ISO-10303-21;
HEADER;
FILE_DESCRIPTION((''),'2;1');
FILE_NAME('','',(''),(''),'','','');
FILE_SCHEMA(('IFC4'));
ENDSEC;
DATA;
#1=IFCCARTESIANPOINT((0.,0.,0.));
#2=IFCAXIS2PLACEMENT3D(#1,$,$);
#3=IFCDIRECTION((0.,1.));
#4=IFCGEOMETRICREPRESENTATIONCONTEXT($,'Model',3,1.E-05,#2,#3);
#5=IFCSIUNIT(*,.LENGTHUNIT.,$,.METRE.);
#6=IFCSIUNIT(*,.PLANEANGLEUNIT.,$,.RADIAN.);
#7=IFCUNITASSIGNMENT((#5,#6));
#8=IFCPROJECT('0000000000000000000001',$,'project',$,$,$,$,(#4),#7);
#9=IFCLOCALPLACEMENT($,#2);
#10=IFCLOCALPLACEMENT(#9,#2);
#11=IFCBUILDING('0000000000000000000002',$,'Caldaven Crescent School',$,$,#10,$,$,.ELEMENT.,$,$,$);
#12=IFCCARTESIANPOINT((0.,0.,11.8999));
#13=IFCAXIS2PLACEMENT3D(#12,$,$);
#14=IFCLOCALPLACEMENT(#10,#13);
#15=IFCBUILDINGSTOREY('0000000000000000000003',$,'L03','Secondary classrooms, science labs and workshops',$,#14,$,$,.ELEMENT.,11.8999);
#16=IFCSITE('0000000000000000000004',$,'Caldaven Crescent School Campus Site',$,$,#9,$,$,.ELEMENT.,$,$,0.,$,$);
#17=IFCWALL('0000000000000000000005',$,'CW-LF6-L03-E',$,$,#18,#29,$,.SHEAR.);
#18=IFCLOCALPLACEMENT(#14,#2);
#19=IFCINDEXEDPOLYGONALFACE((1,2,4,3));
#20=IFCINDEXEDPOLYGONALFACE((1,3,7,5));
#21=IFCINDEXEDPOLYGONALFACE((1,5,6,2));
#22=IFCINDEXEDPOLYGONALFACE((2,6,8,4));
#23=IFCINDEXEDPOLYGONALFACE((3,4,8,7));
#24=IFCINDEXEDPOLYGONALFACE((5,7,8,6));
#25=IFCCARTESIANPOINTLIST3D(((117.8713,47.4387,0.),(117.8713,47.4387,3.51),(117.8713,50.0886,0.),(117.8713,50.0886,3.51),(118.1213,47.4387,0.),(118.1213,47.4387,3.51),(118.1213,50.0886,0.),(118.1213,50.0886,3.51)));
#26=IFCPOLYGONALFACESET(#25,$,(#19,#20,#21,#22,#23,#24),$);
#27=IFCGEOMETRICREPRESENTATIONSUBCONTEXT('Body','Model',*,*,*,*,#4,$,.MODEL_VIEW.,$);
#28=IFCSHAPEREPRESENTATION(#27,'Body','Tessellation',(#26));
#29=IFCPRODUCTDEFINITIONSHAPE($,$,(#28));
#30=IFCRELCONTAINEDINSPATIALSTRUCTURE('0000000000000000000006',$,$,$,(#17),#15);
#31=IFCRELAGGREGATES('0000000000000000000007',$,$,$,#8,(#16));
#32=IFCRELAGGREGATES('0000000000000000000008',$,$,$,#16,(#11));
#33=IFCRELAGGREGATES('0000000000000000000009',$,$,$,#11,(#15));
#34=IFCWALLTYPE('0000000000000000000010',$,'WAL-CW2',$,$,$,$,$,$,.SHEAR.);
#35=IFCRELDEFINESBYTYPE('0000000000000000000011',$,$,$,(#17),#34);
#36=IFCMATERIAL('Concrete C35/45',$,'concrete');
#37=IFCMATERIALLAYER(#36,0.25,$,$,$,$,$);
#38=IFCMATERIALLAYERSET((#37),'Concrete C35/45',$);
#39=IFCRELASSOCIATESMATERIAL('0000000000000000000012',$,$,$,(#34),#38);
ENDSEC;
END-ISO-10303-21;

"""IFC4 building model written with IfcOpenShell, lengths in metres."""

from ifc_helpers import new_model, si_unit, direction, frame, frame_2d, origin, place, context, subcontext, project, spatial, rectangle, extrude, material, layer, layer_set, type_object, element, save


model = new_model("IFC4")

# Units and contexts
model_context = context("Model", 3, precision=1e-05, world=origin(), true_north=direction((0.0, 1.0)))
body_context = subcontext(model_context, "Body", "Model", "MODEL_VIEW")
ifc_project = project(units=[si_unit("LENGTHUNIT", "METRE"), si_unit("PLANEANGLEUNIT", "RADIAN")], contexts=[model_context])

# Site, building, storey
site_placement = place(None, origin())
site = spatial("IfcSite", under=ifc_project, at=site_placement, Name="Caldaven Crescent School Campus Site", CompositionType="ELEMENT", RefElevation=0.0)
building_placement = place(site_placement, origin())
building = spatial("IfcBuilding", under=site, at=building_placement, Name="Caldaven Crescent School", CompositionType="ELEMENT")
storey_placement = place(building_placement, frame((0.0, 0.0, 11.8999)))
storey = spatial("IfcBuildingStorey", under=building, at=storey_placement, Name="L03", Description="Secondary classrooms, science labs and workshops", CompositionType="ELEMENT", Elevation=11.8999)

# Wall
ifc_material_1 = material(Name="Concrete C35/45", Category="concrete")
ifc_layer_1 = layer(ifc_material_1, 0.25)
ifc_layer_set_1 = layer_set([ifc_layer_1], Name="Concrete C35/45")
wall_type = type_object("IfcWallType", Name="WAL-CW2", PredefinedType="SHEAR", material=ifc_layer_set_1)
wall_placement = place(storey_placement, frame((117.9963, 47.4387, 0.0), z_axis=(0.0, 0.0, 1.0), x_axis=(0.0, 1.0, 0.0)))
element("IfcWall", 1, at=wall_placement, inside=storey, type_object=wall_type, Name="CW-LF6-L03-E", PredefinedType="SHEAR", context=body_context, shape_type="SweptSolid", body=[
    extrude(rectangle(XDim=2.6499, YDim=0.25, at=frame_2d((1.325, 0.0))), origin(), (0.0, 0.0, 1.0), 3.51),
])

save(model, "model.ifc")
